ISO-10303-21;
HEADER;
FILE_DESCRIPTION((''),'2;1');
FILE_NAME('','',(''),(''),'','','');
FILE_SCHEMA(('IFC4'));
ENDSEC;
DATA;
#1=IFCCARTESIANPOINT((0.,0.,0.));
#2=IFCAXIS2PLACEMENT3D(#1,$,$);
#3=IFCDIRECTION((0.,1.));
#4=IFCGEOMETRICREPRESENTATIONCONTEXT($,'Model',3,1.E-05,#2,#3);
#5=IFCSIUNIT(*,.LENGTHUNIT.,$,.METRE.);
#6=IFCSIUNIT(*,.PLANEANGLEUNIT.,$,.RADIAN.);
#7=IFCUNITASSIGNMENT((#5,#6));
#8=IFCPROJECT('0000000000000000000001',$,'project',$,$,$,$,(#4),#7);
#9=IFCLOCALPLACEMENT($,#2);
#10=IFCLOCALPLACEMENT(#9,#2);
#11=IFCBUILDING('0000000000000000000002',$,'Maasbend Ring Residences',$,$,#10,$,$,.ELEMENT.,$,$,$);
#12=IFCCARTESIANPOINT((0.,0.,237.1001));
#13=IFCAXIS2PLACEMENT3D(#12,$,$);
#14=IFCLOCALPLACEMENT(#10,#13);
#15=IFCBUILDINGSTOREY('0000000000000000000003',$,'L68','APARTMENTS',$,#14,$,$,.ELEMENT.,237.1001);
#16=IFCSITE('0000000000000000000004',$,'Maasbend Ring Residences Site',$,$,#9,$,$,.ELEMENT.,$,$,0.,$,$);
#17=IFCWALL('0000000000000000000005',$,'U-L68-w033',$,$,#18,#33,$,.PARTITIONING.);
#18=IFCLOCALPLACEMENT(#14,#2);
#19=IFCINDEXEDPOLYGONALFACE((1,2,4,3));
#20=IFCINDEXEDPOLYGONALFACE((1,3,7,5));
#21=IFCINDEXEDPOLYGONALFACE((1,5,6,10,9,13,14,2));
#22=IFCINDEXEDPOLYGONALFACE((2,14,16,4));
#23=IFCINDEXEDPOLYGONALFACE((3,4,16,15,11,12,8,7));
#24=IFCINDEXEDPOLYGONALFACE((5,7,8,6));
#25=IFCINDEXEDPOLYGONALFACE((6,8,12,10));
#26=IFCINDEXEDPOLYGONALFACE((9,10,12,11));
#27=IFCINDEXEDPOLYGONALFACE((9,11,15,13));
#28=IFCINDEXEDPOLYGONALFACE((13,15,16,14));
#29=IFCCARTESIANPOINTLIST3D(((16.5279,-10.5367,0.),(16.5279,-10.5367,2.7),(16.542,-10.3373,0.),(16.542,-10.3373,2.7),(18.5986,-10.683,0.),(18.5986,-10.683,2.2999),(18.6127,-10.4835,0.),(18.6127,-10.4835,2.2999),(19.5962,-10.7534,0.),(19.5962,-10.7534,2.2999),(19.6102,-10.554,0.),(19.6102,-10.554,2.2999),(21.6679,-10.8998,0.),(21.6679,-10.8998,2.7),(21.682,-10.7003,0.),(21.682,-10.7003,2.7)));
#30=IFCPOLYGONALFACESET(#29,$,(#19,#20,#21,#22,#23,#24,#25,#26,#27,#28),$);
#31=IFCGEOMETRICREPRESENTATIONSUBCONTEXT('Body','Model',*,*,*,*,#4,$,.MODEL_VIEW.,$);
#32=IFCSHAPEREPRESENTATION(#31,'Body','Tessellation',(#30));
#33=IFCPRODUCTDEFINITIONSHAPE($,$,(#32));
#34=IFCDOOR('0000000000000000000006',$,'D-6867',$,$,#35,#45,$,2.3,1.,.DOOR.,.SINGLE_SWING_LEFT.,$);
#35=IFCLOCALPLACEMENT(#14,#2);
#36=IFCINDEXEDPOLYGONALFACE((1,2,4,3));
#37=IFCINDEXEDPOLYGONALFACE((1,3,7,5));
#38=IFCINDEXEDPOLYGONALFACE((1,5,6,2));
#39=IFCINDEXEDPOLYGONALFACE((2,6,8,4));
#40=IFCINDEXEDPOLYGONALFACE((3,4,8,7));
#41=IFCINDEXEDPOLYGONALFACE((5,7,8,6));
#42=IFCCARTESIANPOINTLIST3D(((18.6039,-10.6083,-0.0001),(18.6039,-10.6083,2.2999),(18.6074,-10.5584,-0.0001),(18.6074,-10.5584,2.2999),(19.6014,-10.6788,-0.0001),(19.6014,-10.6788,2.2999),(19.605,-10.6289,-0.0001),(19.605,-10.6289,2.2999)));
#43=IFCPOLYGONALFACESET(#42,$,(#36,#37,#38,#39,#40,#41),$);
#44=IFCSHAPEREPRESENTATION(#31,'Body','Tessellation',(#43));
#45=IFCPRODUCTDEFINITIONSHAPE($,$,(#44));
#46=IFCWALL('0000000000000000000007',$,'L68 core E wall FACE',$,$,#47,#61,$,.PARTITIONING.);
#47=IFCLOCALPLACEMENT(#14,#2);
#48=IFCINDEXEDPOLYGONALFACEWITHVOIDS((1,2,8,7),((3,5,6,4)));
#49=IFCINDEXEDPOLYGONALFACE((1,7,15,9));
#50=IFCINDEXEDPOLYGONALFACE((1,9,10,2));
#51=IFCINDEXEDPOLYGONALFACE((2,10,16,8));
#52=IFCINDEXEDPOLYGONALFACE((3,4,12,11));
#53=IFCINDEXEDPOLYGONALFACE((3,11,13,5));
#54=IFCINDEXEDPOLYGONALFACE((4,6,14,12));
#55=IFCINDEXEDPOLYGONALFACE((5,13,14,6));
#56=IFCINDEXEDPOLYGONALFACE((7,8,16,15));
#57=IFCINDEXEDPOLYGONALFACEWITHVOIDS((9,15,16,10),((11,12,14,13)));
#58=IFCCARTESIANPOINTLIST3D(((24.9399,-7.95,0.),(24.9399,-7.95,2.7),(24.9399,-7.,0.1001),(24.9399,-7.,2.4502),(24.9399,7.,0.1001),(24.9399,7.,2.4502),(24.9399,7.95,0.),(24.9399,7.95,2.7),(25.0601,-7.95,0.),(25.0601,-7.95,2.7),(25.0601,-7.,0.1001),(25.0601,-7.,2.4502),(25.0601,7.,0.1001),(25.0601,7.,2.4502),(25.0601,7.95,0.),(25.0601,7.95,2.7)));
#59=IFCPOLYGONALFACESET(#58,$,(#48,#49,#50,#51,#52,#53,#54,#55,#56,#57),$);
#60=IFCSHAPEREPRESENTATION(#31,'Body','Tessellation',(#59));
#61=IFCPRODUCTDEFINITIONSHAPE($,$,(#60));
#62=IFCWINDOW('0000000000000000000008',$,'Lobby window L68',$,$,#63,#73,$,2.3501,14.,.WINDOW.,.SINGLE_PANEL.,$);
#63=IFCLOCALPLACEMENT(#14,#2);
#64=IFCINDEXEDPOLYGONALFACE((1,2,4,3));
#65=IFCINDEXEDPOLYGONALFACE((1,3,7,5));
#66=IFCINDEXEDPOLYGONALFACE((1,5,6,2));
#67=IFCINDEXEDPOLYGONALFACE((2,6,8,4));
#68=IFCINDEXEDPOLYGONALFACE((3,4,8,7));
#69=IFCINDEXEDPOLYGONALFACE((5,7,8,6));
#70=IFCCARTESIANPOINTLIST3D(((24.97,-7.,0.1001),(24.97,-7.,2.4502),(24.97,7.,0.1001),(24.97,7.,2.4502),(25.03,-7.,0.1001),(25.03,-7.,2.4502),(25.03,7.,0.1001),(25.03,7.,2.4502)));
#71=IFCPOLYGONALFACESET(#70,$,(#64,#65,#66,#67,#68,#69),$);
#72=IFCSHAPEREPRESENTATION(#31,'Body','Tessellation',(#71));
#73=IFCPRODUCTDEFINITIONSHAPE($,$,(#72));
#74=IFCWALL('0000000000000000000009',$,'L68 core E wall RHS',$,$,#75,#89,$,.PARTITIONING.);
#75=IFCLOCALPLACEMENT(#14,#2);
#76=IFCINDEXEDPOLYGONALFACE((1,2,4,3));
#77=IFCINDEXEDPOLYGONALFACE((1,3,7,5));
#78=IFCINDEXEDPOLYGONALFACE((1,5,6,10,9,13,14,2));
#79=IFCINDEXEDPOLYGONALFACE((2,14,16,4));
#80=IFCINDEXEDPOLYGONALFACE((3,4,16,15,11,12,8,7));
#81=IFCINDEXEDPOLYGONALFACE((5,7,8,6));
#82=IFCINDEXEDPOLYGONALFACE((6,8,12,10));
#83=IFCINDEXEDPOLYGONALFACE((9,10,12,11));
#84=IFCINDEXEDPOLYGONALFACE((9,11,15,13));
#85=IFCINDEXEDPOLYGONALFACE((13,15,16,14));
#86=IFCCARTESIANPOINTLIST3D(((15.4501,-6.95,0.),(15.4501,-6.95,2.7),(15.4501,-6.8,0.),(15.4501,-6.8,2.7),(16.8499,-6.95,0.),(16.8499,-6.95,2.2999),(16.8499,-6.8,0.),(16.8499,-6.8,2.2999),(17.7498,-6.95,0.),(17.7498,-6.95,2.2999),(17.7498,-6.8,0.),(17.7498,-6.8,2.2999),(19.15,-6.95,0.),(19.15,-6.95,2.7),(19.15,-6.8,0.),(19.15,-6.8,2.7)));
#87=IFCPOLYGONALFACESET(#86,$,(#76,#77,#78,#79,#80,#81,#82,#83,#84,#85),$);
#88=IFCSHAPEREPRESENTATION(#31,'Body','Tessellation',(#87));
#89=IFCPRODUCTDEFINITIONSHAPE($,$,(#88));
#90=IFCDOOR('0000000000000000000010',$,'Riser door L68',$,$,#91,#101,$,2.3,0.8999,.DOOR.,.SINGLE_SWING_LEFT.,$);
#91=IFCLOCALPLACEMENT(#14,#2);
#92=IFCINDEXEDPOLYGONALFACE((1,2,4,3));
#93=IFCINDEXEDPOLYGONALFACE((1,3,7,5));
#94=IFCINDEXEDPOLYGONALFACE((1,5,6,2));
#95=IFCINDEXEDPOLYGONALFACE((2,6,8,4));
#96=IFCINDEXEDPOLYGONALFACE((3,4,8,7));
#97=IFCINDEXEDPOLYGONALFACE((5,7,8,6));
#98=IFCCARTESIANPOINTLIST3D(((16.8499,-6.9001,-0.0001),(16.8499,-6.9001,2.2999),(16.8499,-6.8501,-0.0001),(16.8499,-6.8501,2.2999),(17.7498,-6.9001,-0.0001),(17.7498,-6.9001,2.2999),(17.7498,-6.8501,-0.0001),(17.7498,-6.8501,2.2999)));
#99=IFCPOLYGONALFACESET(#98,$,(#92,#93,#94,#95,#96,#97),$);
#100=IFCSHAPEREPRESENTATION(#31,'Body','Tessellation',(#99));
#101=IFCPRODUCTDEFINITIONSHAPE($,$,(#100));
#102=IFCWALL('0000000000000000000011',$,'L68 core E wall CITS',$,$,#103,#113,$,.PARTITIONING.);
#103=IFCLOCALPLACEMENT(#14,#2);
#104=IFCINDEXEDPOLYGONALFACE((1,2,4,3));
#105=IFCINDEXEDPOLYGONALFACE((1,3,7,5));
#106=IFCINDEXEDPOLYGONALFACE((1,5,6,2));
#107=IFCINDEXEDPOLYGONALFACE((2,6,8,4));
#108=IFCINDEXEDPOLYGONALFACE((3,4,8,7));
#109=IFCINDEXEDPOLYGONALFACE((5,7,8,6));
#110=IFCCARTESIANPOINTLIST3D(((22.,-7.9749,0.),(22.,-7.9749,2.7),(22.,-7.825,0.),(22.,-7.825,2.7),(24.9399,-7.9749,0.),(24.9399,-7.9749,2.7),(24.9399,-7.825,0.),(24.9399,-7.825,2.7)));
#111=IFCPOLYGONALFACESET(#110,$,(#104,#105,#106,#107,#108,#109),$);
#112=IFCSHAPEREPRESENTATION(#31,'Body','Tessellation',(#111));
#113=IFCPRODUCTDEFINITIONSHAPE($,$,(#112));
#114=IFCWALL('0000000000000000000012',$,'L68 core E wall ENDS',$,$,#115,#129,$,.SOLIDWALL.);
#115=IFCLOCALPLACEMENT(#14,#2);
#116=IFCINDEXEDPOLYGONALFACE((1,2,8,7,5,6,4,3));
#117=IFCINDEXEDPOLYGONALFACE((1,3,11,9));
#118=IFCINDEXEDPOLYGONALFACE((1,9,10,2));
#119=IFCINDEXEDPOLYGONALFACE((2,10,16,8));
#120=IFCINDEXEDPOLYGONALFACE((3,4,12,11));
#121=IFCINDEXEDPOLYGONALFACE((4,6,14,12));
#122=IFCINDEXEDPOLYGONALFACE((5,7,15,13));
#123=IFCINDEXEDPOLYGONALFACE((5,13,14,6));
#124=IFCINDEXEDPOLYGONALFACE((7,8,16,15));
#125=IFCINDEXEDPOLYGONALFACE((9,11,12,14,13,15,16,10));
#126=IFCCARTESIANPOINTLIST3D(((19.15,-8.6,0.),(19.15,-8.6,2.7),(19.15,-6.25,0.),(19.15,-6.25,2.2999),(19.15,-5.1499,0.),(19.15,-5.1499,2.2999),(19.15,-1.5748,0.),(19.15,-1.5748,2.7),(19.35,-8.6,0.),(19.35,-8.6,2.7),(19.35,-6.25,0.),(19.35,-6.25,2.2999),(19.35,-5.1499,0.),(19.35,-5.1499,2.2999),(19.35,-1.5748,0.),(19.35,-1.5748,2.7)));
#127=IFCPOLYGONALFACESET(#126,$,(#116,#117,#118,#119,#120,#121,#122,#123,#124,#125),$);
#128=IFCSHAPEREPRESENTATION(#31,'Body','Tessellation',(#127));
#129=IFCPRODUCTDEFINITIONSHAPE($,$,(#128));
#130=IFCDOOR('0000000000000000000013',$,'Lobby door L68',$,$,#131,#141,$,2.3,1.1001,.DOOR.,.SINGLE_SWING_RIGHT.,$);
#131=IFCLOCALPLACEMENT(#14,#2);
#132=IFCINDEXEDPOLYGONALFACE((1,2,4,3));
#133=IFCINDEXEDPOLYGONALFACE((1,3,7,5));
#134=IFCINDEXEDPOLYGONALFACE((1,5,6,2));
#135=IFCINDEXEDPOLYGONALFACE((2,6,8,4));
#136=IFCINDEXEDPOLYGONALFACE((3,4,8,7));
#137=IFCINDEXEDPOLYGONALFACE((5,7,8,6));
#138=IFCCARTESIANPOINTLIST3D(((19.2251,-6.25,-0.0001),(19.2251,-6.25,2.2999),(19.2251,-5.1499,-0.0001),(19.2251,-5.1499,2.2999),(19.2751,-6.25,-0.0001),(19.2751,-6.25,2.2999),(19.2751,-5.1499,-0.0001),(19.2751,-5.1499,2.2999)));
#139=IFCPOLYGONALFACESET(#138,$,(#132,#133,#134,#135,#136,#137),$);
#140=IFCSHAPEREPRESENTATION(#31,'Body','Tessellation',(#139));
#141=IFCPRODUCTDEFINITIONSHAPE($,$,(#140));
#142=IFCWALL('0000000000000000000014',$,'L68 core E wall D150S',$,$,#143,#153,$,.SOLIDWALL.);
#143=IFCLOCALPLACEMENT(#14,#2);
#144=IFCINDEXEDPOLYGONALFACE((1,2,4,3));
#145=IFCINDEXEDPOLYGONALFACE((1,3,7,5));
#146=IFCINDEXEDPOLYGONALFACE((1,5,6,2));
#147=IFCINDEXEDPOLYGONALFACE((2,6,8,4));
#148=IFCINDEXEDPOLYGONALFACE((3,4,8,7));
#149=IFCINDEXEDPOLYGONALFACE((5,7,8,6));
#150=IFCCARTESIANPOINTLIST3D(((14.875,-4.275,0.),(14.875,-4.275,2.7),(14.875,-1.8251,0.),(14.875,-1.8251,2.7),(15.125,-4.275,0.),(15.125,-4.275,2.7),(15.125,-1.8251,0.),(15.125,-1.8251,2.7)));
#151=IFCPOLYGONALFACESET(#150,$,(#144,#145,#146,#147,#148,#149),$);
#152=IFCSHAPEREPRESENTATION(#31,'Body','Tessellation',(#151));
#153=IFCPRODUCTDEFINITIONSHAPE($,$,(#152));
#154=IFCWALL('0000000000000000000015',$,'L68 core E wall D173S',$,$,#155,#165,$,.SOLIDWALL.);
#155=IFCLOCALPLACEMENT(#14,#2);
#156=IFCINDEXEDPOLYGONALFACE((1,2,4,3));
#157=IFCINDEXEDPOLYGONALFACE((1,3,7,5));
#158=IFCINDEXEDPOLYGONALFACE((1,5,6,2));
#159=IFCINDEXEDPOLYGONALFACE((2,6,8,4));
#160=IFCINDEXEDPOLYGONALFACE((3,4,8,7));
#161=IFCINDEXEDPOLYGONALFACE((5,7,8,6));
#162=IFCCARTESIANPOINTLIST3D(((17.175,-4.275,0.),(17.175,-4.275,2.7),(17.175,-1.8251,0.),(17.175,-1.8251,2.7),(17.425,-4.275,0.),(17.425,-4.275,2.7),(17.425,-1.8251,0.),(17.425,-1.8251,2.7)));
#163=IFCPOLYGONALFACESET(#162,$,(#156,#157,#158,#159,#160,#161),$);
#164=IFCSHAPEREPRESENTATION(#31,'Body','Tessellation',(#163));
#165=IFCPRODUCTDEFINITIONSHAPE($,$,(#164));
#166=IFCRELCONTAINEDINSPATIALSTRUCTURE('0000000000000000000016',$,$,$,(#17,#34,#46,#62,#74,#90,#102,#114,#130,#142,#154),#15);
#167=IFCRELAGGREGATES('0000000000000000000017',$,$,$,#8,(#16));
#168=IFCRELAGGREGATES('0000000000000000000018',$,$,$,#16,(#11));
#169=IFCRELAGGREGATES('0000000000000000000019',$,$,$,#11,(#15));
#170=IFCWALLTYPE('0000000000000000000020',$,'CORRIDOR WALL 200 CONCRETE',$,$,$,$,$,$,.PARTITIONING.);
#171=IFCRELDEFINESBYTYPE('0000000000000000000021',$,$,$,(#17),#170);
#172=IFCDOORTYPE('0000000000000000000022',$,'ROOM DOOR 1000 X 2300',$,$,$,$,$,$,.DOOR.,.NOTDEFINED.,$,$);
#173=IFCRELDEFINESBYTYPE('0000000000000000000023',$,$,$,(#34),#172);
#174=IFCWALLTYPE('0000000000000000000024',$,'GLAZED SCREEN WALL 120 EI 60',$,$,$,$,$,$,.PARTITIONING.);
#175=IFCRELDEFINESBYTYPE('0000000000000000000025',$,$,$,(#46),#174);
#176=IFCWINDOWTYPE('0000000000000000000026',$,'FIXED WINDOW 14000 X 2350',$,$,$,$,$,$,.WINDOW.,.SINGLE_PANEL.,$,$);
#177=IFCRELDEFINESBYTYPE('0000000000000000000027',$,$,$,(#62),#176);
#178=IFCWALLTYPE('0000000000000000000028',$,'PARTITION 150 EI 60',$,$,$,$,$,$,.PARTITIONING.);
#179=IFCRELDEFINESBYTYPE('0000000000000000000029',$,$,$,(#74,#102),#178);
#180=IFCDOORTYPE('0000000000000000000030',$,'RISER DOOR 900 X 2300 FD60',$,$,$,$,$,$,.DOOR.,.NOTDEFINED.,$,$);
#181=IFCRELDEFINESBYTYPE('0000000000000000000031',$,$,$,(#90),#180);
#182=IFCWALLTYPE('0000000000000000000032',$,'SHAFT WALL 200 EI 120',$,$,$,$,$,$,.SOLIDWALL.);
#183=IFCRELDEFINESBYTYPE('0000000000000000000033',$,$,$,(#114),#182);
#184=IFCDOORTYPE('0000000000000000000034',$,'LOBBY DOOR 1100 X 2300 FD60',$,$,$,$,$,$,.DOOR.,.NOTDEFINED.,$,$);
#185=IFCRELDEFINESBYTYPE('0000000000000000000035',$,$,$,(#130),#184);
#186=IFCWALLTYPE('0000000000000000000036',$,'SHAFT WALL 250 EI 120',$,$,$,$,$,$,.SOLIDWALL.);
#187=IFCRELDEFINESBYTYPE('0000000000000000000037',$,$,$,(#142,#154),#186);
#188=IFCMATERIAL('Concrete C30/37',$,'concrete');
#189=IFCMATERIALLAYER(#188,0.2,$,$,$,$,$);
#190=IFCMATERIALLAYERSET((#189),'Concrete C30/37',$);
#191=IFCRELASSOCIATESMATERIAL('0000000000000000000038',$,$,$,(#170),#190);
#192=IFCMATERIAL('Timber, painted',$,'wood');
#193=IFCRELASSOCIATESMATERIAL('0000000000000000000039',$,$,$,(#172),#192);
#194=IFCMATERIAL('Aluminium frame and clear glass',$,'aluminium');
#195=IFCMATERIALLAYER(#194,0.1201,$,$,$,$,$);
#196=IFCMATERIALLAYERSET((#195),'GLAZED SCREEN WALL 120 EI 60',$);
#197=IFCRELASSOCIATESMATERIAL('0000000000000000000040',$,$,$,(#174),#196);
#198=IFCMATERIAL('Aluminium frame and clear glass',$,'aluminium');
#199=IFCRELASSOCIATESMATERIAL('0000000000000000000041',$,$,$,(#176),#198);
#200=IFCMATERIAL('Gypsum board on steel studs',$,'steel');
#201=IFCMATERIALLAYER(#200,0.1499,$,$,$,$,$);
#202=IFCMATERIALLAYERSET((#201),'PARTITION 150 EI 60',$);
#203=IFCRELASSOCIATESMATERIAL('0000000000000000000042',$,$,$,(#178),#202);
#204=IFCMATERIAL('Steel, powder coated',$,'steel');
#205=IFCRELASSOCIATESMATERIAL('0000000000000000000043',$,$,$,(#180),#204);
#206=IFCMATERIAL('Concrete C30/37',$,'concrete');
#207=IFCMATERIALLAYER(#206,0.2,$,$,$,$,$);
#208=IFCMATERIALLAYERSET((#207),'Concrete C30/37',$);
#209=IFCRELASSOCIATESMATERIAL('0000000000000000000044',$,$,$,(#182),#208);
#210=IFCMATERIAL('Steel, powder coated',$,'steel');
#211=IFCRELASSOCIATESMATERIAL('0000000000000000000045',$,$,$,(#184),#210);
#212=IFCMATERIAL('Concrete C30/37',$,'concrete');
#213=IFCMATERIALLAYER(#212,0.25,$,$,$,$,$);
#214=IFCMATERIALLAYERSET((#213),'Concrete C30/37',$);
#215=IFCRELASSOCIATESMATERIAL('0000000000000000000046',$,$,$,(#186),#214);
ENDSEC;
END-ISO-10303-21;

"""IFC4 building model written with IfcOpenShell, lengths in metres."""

from ifc_helpers import new_model, si_unit, direction, frame, frame_2d, origin, place, context, subcontext, project, spatial, rectangle, extrude, material, layer, layer_set, type_object, element, fill, save


model = new_model("IFC4")

# Units and contexts
model_context = context("Model", 3, precision=1e-05, world=origin(), true_north=direction((0.0, 1.0)))
body_context = subcontext(model_context, "Body", "Model", "MODEL_VIEW")
ifc_project = project(units=[si_unit("LENGTHUNIT", "METRE"), si_unit("PLANEANGLEUNIT", "RADIAN")], contexts=[model_context])

# Site, building, storey
site_placement = place(None, origin())
site = spatial("IfcSite", under=ifc_project, at=site_placement, Name="Maasbend Ring Residences Site", CompositionType="ELEMENT", RefElevation=0.0)
building_placement = place(site_placement, origin())
building = spatial("IfcBuilding", under=site, at=building_placement, Name="Maasbend Ring Residences", CompositionType="ELEMENT")
storey_placement = place(building_placement, frame((0.0, 0.0, 237.1001)))
storey = spatial("IfcBuildingStorey", under=building, at=storey_placement, Name="L68", Description="APARTMENTS", CompositionType="ELEMENT", Elevation=237.1001)

# Shared definitions
ifc_material_1 = material(Name="Concrete C30/37", Category="concrete")
ifc_layer_1 = layer(ifc_material_1, 0.2)
ifc_layer_set_1 = layer_set([ifc_layer_1], Name="Concrete C30/37")
wall_type_1 = type_object("IfcWallType", Name="CORRIDOR WALL 200 CONCRETE", PredefinedType="PARTITIONING", material=ifc_layer_set_1)

# Wall, opening, door
wall_1_placement = place(storey_placement, frame((16.5349, -10.437, 0.0), z_axis=(0.0, 0.0, 1.0), x_axis=(0.997515, -0.070452, 0.0)))
wall_1 = element("IfcWall", 1, at=wall_1_placement, inside=storey, type_object=wall_type_1, Name="U-L68-w033", PredefinedType="PARTITIONING", context=body_context, shape_type="SweptSolid", body=[
    extrude(rectangle(XDim=5.1528, YDim=0.2, at=frame_2d((2.5764, 0.0))), origin(), (0.0, 0.0, 1.0), 2.7),
])
opening_1_placement = place(wall_1_placement, frame((2.0759, 0.0, 0.0)))
opening_1 = element("IfcOpeningElement", 2, at=opening_1_placement, cuts=wall_1, PredefinedType="OPENING", context=body_context, shape_type="SweptSolid", body=[
    extrude(rectangle(XDim=1.0, YDim=2.3, at=frame_2d((0.5, 1.1499))), frame((0.0, 0.1099, 0.0), z_axis=(0.0, -1.0, 0.0), x_axis=(1.0, 0.0, 0.0)), (0.0, 0.0, 1.0), 0.22),
])
ifc_material_2 = material(Name="Timber, painted", Category="wood")
door_type_1 = type_object("IfcDoorType", Name="ROOM DOOR 1000 X 2300", OperationType="NOTDEFINED", PredefinedType="DOOR", material=ifc_material_2)
door_1_placement = place(opening_1_placement, origin())
door_1 = element("IfcDoor", 3, at=door_1_placement, inside=storey, type_object=door_type_1, Name="D-6867", OperationType="SINGLE_SWING_LEFT", OverallHeight=2.3, OverallWidth=1.0, PredefinedType="DOOR", context=body_context, shape_type="SweptSolid", body=[
    extrude(rectangle(XDim=1.0, YDim=2.3, at=frame_2d((0.5, 1.1499))), frame((0.0, 0.0249, 0.0), z_axis=(0.0, -1.0, 0.0), x_axis=(1.0, 0.0, 0.0)), (0.0, 0.0, 1.0), 0.05),
])
fill(opening_1, door_1)

# Wall, opening, window
ifc_material_3 = material(Name="Aluminium frame and clear glass", Category="aluminium")
ifc_layer_2 = layer(ifc_material_3, 0.1201)
ifc_layer_set_2 = layer_set([ifc_layer_2], Name="GLAZED SCREEN WALL 120 EI 60")
wall_type_2 = type_object("IfcWallType", Name="GLAZED SCREEN WALL 120 EI 60", PredefinedType="PARTITIONING", material=ifc_layer_set_2)
wall_2_placement = place(storey_placement, frame((25.0, -7.95, 0.0), z_axis=(0.0, 0.0, 1.0), x_axis=(0.0, 1.0, 0.0)))
wall_2 = element("IfcWall", 4, at=wall_2_placement, inside=storey, type_object=wall_type_2, Name="L68 core E wall FACE", PredefinedType="PARTITIONING", context=body_context, shape_type="SweptSolid", body=[
    extrude(rectangle(XDim=15.8999, YDim=0.1201, at=frame_2d((7.95, 0.0))), origin(), (0.0, 0.0, 1.0), 2.7),
])
opening_2_placement = place(wall_2_placement, frame((0.95, 0.0, 0.1001)))
opening_2 = element("IfcOpeningElement", 5, at=opening_2_placement, cuts=wall_2, PredefinedType="OPENING", context=body_context, shape_type="SweptSolid", body=[
    extrude(rectangle(XDim=14.0, YDim=2.3501, at=frame_2d((7.0, 1.175))), frame((0.0, 0.0701, 0.0), z_axis=(0.0, -1.0, 0.0), x_axis=(1.0, 0.0, 0.0)), (0.0, 0.0, 1.0), 0.1401),
])
ifc_material_4 = material(Name="Aluminium frame and clear glass", Category="aluminium")
window_type = type_object("IfcWindowType", Name="FIXED WINDOW 14000 X 2350", PartitioningType="SINGLE_PANEL", PredefinedType="WINDOW", material=ifc_material_4)
window_placement = place(opening_2_placement, origin())
window = element("IfcWindow", 6, at=window_placement, inside=storey, type_object=window_type, Name="Lobby window L68", OverallHeight=2.3501, OverallWidth=14.0, PartitioningType="SINGLE_PANEL", PredefinedType="WINDOW", context=body_context, shape_type="SweptSolid", body=[
    extrude(rectangle(XDim=14.0, YDim=2.3501, at=frame_2d((7.0, 1.175))), frame((0.0, 0.03, 0.0), z_axis=(0.0, -1.0, 0.0), x_axis=(1.0, 0.0, 0.0)), (0.0, 0.0, 1.0), 0.0601),
])
fill(opening_2, window)

# Wall, opening, door
ifc_material_5 = material(Name="Gypsum board on steel studs", Category="steel")
ifc_layer_3 = layer(ifc_material_5, 0.1499)
ifc_layer_set_3 = layer_set([ifc_layer_3], Name="PARTITION 150 EI 60")
wall_type_3 = type_object("IfcWallType", Name="PARTITION 150 EI 60", PredefinedType="PARTITIONING", material=ifc_layer_set_3)
wall_3_placement = place(storey_placement, frame((15.45, -6.875, 0.0), z_axis=(0.0, 0.0, 1.0), x_axis=(1.0, 0.0, 0.0)))
wall_3 = element("IfcWall", 7, at=wall_3_placement, inside=storey, type_object=wall_type_3, Name="L68 core E wall RHS", PredefinedType="PARTITIONING", context=body_context, shape_type="SweptSolid", body=[
    extrude(rectangle(XDim=3.7, YDim=0.1499, at=frame_2d((1.8501, 0.0))), origin(), (0.0, 0.0, 1.0), 2.7),
])
opening_3_placement = place(wall_3_placement, frame((1.3999, 0.0, 0.0)))
opening_3 = element("IfcOpeningElement", 8, at=opening_3_placement, cuts=wall_3, PredefinedType="OPENING", context=body_context, shape_type="SweptSolid", body=[
    extrude(rectangle(XDim=0.8999, YDim=2.3, at=frame_2d((0.45, 1.1499))), frame((0.0, 0.085, 0.0), z_axis=(0.0, -1.0, 0.0), x_axis=(1.0, 0.0, 0.0)), (0.0, 0.0, 1.0), 0.1699),
])
ifc_material_6 = material(Name="Steel, powder coated", Category="steel")
door_type_2 = type_object("IfcDoorType", Name="RISER DOOR 900 X 2300 FD60", OperationType="NOTDEFINED", PredefinedType="DOOR", material=ifc_material_6)
door_2_placement = place(opening_3_placement, origin())
door_2 = element("IfcDoor", 9, at=door_2_placement, inside=storey, type_object=door_type_2, Name="Riser door L68", OperationType="SINGLE_SWING_LEFT", OverallHeight=2.3, OverallWidth=0.8999, PredefinedType="DOOR", context=body_context, shape_type="SweptSolid", body=[
    extrude(rectangle(XDim=0.8999, YDim=2.3, at=frame_2d((0.45, 1.1499))), frame((0.0, 0.0249, 0.0), z_axis=(0.0, -1.0, 0.0), x_axis=(1.0, 0.0, 0.0)), (0.0, 0.0, 1.0), 0.05),
])
fill(opening_3, door_2)

# Wall
wall_4_placement = place(storey_placement, frame((22.0, -7.8999, 0.0), z_axis=(0.0, 0.0, 1.0), x_axis=(1.0, 0.0, 0.0)))
element("IfcWall", 10, at=wall_4_placement, inside=storey, type_object=wall_type_3, Name="L68 core E wall CITS", PredefinedType="PARTITIONING", context=body_context, shape_type="SweptSolid", body=[
    extrude(rectangle(XDim=2.9399, YDim=0.1499, at=frame_2d((1.47, 0.0))), origin(), (0.0, 0.0, 1.0), 2.7),
])

# Wall, opening, door
ifc_material_7 = material(Name="Concrete C30/37", Category="concrete")
ifc_layer_4 = layer(ifc_material_7, 0.2)
ifc_layer_set_4 = layer_set([ifc_layer_4], Name="Concrete C30/37")
wall_type_4 = type_object("IfcWallType", Name="SHAFT WALL 200 EI 120", PredefinedType="SOLIDWALL", material=ifc_layer_set_4)
wall_5_placement = place(storey_placement, frame((19.25, -8.6001, 0.0), z_axis=(0.0, 0.0, 1.0), x_axis=(0.0, 1.0, 0.0)))
wall_5 = element("IfcWall", 11, at=wall_5_placement, inside=storey, type_object=wall_type_4, Name="L68 core E wall ENDS", PredefinedType="SOLIDWALL", context=body_context, shape_type="SweptSolid", body=[
    extrude(rectangle(XDim=7.0251, YDim=0.2, at=frame_2d((3.5127, 0.0))), origin(), (0.0, 0.0, 1.0), 2.7),
])
opening_4_placement = place(wall_5_placement, frame((2.3501, 0.0, 0.0)))
opening_4 = element("IfcOpeningElement", 12, at=opening_4_placement, cuts=wall_5, PredefinedType="OPENING", context=body_context, shape_type="SweptSolid", body=[
    extrude(rectangle(XDim=1.1001, YDim=2.3, at=frame_2d((0.55, 1.1499))), frame((0.0, 0.1099, 0.0), z_axis=(0.0, -1.0, 0.0), x_axis=(1.0, 0.0, 0.0)), (0.0, 0.0, 1.0), 0.22),
])
ifc_material_8 = material(Name="Steel, powder coated", Category="steel")
door_type_3 = type_object("IfcDoorType", Name="LOBBY DOOR 1100 X 2300 FD60", OperationType="NOTDEFINED", PredefinedType="DOOR", material=ifc_material_8)
door_3_placement = place(opening_4_placement, origin())
door_3 = element("IfcDoor", 13, at=door_3_placement, inside=storey, type_object=door_type_3, Name="Lobby door L68", OperationType="SINGLE_SWING_RIGHT", OverallHeight=2.3, OverallWidth=1.1001, PredefinedType="DOOR", context=body_context, shape_type="SweptSolid", body=[
    extrude(rectangle(XDim=1.1001, YDim=2.3, at=frame_2d((0.55, 1.1499))), frame((0.0, 0.0249, 0.0), z_axis=(0.0, -1.0, 0.0), x_axis=(1.0, 0.0, 0.0)), (0.0, 0.0, 1.0), 0.05),
])
fill(opening_4, door_3)

# Walls
ifc_material_9 = material(Name="Concrete C30/37", Category="concrete")
ifc_layer_5 = layer(ifc_material_9, 0.25)
ifc_layer_set_5 = layer_set([ifc_layer_5], Name="Concrete C30/37")
wall_type_5 = type_object("IfcWallType", Name="SHAFT WALL 250 EI 120", PredefinedType="SOLIDWALL", material=ifc_layer_set_5)
for number, where, z_axis, x_axis, name in (
    (14, (15.0, -1.825, 0.0), (0.0, 0.0, 1.0), (0.0, -1.0, 0.0), "L68 core E wall D150S"),
    (15, (17.3, -1.825, 0.0), (0.0, 0.0, 1.0), (0.0, -1.0, 0.0), "L68 core E wall D173S"),
):
    element("IfcWall", number, at=place(storey_placement, frame(where, z_axis=z_axis, x_axis=x_axis)), inside=storey, type_object=wall_type_5, Name=name, PredefinedType="SOLIDWALL", context=body_context, shape_type="SweptSolid", body=[
        extrude(rectangle(XDim=2.45, YDim=0.25, at=frame_2d((1.2251, 0.0))), origin(), (0.0, 0.0, 1.0), 2.7),
    ])

save(model, "model.ifc")
